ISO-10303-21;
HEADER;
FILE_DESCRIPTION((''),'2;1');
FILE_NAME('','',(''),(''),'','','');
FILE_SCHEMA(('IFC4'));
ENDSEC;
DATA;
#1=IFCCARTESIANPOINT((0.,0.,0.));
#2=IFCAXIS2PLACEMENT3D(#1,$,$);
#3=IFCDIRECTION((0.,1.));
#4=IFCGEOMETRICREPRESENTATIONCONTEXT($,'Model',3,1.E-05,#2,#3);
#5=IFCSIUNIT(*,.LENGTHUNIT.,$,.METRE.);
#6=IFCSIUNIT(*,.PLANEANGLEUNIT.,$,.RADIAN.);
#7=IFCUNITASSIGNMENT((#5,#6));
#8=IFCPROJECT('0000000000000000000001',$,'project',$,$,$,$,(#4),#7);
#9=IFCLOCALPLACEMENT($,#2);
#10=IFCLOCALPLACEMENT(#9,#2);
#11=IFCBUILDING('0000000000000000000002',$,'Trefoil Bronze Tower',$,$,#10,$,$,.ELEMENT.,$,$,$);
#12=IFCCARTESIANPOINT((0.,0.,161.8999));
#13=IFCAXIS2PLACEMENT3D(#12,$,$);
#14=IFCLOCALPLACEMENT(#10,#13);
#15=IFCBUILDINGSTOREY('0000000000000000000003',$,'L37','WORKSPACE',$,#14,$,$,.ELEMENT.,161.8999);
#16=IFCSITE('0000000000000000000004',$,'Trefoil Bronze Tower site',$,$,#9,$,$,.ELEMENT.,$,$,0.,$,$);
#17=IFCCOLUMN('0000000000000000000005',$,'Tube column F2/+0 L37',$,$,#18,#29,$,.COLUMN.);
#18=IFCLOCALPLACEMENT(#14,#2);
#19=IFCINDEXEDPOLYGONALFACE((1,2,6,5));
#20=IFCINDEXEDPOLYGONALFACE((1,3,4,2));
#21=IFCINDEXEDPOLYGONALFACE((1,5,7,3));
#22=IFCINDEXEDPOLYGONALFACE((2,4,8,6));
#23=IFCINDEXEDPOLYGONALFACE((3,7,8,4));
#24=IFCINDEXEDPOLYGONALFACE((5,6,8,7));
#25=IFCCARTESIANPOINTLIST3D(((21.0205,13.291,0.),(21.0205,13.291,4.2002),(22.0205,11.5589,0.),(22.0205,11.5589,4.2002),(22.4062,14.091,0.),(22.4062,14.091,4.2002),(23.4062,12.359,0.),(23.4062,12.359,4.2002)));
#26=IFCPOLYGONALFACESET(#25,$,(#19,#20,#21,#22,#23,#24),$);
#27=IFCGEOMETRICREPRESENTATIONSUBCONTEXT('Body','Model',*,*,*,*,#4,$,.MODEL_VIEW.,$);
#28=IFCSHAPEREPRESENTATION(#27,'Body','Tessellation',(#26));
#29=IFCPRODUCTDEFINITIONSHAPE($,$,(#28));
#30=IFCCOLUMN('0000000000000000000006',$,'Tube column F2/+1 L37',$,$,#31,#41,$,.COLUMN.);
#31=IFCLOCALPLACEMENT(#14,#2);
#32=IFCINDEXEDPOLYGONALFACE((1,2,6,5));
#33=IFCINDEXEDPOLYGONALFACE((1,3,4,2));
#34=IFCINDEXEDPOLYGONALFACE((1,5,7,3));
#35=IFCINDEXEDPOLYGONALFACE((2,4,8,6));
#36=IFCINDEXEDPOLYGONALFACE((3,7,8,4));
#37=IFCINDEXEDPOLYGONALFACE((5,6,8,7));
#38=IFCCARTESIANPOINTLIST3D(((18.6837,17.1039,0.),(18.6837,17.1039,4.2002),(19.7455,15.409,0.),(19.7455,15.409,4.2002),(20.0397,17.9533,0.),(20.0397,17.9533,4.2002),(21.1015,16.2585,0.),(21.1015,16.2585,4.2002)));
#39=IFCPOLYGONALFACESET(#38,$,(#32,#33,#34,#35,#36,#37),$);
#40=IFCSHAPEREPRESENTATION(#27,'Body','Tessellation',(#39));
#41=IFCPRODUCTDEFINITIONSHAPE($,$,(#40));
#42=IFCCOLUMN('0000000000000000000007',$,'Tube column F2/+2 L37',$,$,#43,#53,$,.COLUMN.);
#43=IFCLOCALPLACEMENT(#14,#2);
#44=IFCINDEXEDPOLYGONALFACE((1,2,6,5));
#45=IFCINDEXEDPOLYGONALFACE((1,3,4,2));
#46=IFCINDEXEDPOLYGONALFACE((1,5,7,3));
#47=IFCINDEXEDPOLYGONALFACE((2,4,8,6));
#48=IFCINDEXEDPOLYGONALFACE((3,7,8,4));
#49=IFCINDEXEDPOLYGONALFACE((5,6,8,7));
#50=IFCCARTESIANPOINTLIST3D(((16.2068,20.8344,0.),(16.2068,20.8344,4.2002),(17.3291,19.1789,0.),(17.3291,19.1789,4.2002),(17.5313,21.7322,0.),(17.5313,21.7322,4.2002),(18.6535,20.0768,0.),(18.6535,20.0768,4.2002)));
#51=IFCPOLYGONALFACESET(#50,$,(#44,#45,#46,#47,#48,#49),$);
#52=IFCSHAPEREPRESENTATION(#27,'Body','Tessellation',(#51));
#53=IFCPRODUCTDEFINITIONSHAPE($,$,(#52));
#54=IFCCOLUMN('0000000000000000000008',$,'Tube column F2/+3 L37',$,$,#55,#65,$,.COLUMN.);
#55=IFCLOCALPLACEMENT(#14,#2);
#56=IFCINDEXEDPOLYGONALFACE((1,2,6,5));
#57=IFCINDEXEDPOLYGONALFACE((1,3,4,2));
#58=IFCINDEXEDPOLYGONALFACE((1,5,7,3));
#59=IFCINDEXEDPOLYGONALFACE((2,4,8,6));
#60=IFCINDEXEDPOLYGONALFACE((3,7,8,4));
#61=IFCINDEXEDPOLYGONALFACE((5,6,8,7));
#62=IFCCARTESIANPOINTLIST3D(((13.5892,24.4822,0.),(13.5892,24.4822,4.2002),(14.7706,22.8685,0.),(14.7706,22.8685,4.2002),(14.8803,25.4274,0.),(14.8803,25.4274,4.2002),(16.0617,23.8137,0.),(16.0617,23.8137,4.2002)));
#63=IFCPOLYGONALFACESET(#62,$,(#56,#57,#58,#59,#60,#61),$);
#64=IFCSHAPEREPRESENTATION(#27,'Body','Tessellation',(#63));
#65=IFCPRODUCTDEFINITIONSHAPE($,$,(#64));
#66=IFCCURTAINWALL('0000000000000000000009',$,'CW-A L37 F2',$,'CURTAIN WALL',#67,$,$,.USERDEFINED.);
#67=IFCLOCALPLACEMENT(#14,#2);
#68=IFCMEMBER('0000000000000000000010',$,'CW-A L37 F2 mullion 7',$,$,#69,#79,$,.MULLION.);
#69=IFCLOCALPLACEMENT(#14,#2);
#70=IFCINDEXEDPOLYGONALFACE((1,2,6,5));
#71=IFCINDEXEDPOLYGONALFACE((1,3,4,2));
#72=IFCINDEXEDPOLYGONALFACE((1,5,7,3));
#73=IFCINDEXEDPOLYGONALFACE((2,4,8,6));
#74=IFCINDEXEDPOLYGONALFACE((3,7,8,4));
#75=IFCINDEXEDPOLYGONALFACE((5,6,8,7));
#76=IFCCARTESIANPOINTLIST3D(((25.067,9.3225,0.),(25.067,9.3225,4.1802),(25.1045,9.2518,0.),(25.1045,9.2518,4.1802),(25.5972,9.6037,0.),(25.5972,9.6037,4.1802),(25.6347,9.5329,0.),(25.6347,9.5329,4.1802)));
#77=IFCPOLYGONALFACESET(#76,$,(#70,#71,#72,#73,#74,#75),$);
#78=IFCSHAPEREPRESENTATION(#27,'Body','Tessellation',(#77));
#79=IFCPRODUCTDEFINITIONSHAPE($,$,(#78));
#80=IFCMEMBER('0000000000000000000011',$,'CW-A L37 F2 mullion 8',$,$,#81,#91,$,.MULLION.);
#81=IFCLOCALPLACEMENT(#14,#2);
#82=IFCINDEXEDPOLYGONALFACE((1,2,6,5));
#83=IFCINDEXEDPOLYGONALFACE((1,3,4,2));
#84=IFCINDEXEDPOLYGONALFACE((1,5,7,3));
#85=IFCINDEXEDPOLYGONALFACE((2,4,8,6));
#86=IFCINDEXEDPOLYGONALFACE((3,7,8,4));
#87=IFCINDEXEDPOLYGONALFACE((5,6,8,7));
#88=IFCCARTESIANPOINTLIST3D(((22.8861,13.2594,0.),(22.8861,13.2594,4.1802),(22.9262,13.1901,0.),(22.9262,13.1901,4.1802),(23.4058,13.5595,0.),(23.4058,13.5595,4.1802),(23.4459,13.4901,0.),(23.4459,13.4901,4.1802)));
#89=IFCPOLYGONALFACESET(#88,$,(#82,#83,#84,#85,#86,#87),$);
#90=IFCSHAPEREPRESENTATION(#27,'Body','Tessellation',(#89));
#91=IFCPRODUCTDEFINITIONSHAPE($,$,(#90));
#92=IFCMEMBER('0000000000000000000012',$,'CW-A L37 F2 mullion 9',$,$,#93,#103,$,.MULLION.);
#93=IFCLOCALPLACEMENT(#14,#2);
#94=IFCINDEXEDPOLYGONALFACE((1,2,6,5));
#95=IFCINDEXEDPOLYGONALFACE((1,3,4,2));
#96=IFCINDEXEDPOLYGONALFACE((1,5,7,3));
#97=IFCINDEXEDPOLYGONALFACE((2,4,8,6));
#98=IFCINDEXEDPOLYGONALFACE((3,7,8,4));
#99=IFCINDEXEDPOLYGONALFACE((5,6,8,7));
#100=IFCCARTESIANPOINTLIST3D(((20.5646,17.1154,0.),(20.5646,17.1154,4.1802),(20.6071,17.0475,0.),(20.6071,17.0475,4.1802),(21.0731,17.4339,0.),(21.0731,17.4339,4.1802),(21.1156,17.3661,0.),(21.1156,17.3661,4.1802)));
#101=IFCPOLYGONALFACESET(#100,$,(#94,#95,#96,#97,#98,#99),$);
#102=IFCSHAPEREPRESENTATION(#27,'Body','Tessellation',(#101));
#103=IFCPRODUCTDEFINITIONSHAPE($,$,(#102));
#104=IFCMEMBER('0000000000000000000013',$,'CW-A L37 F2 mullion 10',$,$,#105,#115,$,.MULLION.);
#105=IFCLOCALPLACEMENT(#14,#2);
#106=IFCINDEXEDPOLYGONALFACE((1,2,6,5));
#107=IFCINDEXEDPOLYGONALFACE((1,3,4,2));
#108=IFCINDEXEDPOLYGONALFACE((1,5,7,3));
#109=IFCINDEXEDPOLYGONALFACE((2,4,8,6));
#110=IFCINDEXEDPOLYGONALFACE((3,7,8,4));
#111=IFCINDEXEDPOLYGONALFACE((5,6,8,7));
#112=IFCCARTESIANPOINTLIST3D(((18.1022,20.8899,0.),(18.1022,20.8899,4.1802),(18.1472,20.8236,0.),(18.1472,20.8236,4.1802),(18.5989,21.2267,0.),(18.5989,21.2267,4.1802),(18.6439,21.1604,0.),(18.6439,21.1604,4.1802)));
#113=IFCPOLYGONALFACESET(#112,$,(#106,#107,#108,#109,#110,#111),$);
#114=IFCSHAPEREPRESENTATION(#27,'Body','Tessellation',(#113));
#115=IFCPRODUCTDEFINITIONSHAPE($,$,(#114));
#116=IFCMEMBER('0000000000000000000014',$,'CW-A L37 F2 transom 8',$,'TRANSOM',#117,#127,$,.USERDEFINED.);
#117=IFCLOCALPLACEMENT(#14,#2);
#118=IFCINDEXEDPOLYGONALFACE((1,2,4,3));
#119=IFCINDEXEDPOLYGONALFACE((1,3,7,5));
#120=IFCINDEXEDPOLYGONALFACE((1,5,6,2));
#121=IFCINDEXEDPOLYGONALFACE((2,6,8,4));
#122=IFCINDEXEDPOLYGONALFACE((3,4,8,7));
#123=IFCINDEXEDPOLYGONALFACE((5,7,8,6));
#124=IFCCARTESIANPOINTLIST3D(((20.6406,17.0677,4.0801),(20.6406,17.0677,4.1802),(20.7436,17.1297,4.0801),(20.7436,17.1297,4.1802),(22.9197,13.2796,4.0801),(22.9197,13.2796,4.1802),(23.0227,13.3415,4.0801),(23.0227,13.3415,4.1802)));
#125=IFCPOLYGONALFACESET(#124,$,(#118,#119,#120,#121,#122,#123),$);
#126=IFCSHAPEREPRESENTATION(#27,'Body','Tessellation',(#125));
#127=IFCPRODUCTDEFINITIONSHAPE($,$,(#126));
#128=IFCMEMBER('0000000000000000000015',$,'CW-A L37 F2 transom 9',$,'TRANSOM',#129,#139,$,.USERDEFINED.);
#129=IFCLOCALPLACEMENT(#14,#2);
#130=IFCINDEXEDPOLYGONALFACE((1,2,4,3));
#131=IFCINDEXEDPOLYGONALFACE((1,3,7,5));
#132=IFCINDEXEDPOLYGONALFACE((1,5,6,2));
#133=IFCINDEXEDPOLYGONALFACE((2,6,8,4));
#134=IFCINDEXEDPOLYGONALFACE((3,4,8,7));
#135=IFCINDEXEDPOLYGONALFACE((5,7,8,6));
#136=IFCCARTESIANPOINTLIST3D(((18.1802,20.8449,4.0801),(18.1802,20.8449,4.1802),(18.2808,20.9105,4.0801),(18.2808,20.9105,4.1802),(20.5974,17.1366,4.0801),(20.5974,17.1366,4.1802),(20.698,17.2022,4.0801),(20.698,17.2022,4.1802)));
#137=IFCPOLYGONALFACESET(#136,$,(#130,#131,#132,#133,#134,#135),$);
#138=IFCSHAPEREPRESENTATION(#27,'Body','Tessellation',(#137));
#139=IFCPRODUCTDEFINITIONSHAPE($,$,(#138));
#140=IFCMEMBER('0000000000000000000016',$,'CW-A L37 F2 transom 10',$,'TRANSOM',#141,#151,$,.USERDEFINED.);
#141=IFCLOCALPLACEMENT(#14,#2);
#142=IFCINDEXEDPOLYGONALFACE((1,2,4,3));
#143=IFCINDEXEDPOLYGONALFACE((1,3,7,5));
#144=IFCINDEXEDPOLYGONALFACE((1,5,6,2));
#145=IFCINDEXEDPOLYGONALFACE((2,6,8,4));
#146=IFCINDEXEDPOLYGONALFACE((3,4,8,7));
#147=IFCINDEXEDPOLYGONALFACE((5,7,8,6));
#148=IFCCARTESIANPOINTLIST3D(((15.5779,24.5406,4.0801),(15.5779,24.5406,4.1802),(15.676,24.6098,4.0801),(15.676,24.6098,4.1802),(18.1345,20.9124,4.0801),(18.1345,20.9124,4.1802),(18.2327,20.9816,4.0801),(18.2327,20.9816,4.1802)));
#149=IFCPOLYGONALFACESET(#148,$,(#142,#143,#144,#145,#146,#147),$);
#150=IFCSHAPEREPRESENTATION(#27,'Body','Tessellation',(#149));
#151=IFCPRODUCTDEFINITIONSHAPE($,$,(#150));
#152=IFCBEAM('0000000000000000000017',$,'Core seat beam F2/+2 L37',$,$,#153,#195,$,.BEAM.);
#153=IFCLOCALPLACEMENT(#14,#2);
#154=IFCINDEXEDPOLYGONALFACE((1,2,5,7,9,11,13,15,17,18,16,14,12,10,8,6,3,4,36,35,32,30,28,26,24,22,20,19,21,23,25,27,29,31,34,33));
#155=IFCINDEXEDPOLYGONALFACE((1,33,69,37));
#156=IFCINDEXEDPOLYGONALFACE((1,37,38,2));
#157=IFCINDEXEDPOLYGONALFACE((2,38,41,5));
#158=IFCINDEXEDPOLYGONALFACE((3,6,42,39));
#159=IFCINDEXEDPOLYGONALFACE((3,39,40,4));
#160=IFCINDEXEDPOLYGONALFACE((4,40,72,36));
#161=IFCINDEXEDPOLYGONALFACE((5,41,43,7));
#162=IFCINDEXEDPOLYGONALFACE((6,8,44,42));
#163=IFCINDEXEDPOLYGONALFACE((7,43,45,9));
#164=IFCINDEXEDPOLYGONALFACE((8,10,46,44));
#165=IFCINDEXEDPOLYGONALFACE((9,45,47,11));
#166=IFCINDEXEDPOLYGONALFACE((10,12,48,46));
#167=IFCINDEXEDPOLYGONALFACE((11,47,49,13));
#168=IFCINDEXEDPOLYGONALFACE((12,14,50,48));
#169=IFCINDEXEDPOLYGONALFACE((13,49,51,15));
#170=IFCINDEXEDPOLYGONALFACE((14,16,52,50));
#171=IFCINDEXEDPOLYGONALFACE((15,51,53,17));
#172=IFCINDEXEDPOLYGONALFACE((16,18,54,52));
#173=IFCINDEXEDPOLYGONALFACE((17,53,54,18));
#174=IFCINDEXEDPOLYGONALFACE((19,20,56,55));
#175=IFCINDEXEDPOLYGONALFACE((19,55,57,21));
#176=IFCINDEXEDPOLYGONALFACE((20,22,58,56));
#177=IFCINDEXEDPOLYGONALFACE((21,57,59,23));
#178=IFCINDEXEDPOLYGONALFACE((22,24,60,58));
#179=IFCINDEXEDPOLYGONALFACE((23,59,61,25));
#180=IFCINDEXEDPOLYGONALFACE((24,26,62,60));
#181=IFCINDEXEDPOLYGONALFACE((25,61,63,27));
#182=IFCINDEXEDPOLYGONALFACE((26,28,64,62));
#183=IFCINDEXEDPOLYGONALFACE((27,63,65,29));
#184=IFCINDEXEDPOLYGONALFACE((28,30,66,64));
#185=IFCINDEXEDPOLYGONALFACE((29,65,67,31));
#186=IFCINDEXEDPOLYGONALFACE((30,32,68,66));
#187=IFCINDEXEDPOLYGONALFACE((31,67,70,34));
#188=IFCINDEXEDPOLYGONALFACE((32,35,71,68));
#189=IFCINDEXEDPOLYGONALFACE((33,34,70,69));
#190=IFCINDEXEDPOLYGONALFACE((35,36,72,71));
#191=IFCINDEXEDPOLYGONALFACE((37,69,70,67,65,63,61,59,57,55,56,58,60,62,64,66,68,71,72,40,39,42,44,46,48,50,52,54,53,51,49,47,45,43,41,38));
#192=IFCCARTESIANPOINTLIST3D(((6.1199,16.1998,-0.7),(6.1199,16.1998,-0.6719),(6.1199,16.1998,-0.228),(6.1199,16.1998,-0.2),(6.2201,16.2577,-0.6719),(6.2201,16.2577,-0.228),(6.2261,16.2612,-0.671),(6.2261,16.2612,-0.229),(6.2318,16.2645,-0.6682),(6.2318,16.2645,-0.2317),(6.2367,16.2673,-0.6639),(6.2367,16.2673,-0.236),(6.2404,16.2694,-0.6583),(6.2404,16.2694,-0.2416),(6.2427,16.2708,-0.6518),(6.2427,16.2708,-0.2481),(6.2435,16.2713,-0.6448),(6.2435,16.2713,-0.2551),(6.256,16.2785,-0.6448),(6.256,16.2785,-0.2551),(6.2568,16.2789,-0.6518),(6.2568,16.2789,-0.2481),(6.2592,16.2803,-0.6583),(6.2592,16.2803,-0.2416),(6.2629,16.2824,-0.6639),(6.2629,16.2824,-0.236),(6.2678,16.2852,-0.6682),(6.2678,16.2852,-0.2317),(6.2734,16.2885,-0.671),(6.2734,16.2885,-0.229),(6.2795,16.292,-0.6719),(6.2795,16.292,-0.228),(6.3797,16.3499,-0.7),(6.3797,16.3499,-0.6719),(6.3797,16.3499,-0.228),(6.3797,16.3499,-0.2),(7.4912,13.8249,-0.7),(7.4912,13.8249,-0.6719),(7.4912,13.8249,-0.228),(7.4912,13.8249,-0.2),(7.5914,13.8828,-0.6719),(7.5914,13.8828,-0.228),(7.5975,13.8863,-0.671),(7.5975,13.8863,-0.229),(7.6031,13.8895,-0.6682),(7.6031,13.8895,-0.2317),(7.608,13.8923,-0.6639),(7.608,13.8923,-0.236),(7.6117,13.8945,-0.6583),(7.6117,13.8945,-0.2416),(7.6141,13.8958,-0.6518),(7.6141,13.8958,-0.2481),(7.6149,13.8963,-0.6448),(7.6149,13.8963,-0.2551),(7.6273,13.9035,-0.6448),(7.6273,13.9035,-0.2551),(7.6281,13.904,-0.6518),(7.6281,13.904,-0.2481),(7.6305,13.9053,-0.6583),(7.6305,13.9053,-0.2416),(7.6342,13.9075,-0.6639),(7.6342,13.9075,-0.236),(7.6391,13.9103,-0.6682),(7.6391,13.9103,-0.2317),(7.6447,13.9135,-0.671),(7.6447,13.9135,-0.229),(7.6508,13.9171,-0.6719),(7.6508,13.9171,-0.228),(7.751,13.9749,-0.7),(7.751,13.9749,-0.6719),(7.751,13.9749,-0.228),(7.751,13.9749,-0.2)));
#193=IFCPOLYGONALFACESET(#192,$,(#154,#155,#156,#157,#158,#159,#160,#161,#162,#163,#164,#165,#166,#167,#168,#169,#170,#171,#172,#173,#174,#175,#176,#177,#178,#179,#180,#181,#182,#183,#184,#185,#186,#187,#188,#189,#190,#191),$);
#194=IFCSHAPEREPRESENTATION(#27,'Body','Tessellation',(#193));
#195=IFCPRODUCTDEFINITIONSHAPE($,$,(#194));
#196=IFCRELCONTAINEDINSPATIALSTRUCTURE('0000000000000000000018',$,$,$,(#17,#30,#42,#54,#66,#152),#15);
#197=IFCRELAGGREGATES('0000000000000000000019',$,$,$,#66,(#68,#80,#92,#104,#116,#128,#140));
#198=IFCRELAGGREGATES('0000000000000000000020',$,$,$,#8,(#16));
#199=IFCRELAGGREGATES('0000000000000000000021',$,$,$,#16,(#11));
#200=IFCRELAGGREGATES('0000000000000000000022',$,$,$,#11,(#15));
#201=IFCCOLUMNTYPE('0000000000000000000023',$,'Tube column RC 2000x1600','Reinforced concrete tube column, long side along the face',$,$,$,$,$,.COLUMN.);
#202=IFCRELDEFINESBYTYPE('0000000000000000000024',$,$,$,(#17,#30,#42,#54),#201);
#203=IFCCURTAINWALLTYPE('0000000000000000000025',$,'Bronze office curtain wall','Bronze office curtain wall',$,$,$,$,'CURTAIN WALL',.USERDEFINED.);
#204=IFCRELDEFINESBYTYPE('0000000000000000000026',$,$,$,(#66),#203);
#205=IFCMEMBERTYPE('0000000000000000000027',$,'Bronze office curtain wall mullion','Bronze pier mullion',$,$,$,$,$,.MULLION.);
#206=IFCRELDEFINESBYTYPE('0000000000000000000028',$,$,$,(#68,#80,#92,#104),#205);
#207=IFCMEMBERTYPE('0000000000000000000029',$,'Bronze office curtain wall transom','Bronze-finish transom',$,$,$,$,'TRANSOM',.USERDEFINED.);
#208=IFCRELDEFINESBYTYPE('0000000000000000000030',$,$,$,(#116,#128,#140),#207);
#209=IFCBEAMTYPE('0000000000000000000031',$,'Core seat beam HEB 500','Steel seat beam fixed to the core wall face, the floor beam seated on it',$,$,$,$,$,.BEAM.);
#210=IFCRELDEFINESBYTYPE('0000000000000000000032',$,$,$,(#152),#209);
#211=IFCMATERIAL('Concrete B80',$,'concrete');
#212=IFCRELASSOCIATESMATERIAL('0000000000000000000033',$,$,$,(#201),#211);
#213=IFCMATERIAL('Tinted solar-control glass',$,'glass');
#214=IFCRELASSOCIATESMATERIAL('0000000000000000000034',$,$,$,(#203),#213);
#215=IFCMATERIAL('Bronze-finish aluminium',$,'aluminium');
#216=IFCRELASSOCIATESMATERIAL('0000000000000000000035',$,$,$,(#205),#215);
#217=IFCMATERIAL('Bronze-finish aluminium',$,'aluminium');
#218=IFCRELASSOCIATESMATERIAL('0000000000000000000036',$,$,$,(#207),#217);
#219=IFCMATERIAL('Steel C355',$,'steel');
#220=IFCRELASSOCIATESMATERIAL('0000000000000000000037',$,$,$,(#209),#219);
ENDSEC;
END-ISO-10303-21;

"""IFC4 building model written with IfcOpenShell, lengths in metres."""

from ifc_helpers import new_model, si_unit, direction, frame, origin, origin_2d, place, context, subcontext, project, spatial, rectangle, i_section, extrude, material, material_profile, profile_set, type_object, element, aggregate, save


model = new_model("IFC4")

# Units and contexts
model_context = context("Model", 3, precision=1e-05, world=origin(), true_north=direction((0.0, 1.0)))
body_context = subcontext(model_context, "Body", "Model", "MODEL_VIEW")
ifc_project = project(units=[si_unit("LENGTHUNIT", "METRE"), si_unit("PLANEANGLEUNIT", "RADIAN")], contexts=[model_context])

# Site, building, storey
site_placement = place(None, origin())
site = spatial("IfcSite", under=ifc_project, at=site_placement, Name="Trefoil Bronze Tower site", CompositionType="ELEMENT", RefElevation=0.0)
building_placement = place(site_placement, origin())
building = spatial("IfcBuilding", under=site, at=building_placement, Name="Trefoil Bronze Tower", CompositionType="ELEMENT")
storey_placement = place(building_placement, frame((0.0, 0.0, 161.8999)))
storey = spatial("IfcBuildingStorey", under=building, at=storey_placement, Name="L37", Description="WORKSPACE", CompositionType="ELEMENT", Elevation=161.8999)

# Columns
ifc_material_1 = material(Name="Concrete B80", Category="concrete")
ifc_material_profile_1 = material_profile(ifc_material_1, rectangle(XDim=2.0, YDim=1.6001, at=origin_2d()), Name="RC 2000x1600")
ifc_profile_set_1 = profile_set([ifc_material_profile_1], Name="Concrete B80")
column_type = type_object("IfcColumnType", Name="Tube column RC 2000x1600", Description="Reinforced concrete tube column, long side along the face", PredefinedType="COLUMN", material=ifc_profile_set_1)
for number, where, z_axis, x_axis, name in (
    (1, (22.2134, 12.825, 0.0), (0.0, 0.0, 1.0), (-0.5, 0.866025, 0.0), "Tube column F2/+0 L37"),
    (2, (19.8926, 16.6812, 0.0), (0.0, 0.0, 1.0), (-0.530893, 0.847439, 0.0), "Tube column F2/+1 L37"),
    (3, (17.4302, 20.4556, 0.0), (0.0, 0.0, 1.0), (-0.561136, 0.827724, 0.0), "Tube column F2/+2 L37"),
    (4, (14.8254, 24.1479, 0.0), (0.0, 0.0, 1.0), (-0.590723, 0.806875, 0.0), "Tube column F2/+3 L37"),
):
    element("IfcColumn", number, at=place(storey_placement, frame(where, z_axis=z_axis, x_axis=x_axis)), inside=storey, type_object=column_type, Name=name, PredefinedType="COLUMN", context=body_context, shape_type="SweptSolid", body=[
        extrude(rectangle(XDim=2.0, YDim=1.6001, at=origin_2d()), origin(), (0.0, 0.0, 1.0), 4.2002),
    ])

# Curtain wall, members
ifc_material_2 = material(Name="Tinted solar-control glass", Category="glass")
curtain_wall_type = type_object("IfcCurtainWallType", Name="Bronze office curtain wall", Description="Bronze office curtain wall", ElementType="CURTAIN WALL", PredefinedType="USERDEFINED", material=ifc_material_2)
curtain_wall_placement = place(storey_placement, origin())
curtain_wall = element("IfcCurtainWall", 5, at=curtain_wall_placement, inside=storey, type_object=curtain_wall_type, Name="CW-A L37 F2", ObjectType="CURTAIN WALL", PredefinedType="USERDEFINED")
ifc_material_3 = material(Name="Bronze-finish aluminium", Category="aluminium")
ifc_material_profile_2 = material_profile(ifc_material_3, rectangle(XDim=0.6001, YDim=0.0801, at=origin_2d()), Name="CW-A mullion")
ifc_profile_set_2 = profile_set([ifc_material_profile_2], Name="Bronze-finish aluminium")
member_type_1 = type_object("IfcMemberType", Name="Bronze office curtain wall mullion", Description="Bronze pier mullion", PredefinedType="MULLION", material=ifc_profile_set_2)
member_1_placement = place(storey_placement, frame((25.3508, 9.4277, 0.0), z_axis=(0.0, 0.0, 1.0), x_axis=(-0.883486, -0.468457, 0.0)))
member_1 = element("IfcMember", 6, at=member_1_placement, type_object=member_type_1, Name="CW-A L37 F2 mullion 7", PredefinedType="MULLION", context=body_context, shape_type="SweptSolid", body=[
    extrude(rectangle(XDim=0.6001, YDim=0.0801, at=origin_2d()), origin(), (0.0, 0.0, 1.0), 4.1802),
])
member_2_placement = place(storey_placement, frame((23.166, 13.3748, 0.0), z_axis=(0.0, 0.0, 1.0), x_axis=(-0.866025, -0.5, 0.0)))
member_2 = element("IfcMember", 7, at=member_2_placement, type_object=member_type_1, Name="CW-A L37 F2 mullion 8", PredefinedType="MULLION", context=body_context, shape_type="SweptSolid", body=[
    extrude(rectangle(XDim=0.6001, YDim=0.0801, at=origin_2d()), origin(), (0.0, 0.0, 1.0), 4.1802),
])
member_3_placement = place(storey_placement, frame((20.8401, 17.2407, 0.0), z_axis=(0.0, 0.0, 1.0), x_axis=(-0.847439, -0.530893, 0.0)))
member_3 = element("IfcMember", 8, at=member_3_placement, type_object=member_type_1, Name="CW-A L37 F2 mullion 9", PredefinedType="MULLION", context=body_context, shape_type="SweptSolid", body=[
    extrude(rectangle(XDim=0.6001, YDim=0.0801, at=origin_2d()), origin(), (0.0, 0.0, 1.0), 4.1802),
])
member_4_placement = place(storey_placement, frame((18.373, 21.0251, 0.0), z_axis=(0.0, 0.0, 1.0), x_axis=(-0.827724, -0.561136, 0.0)))
member_4 = element("IfcMember", 9, at=member_4_placement, type_object=member_type_1, Name="CW-A L37 F2 mullion 10", PredefinedType="MULLION", context=body_context, shape_type="SweptSolid", body=[
    extrude(rectangle(XDim=0.6001, YDim=0.0801, at=origin_2d()), origin(), (0.0, 0.0, 1.0), 4.1802),
])
ifc_material_4 = material(Name="Bronze-finish aluminium", Category="aluminium")
ifc_material_profile_3 = material_profile(ifc_material_4, rectangle(XDim=0.1201, YDim=0.1001, at=origin_2d()), Name="CW-A transom")
ifc_profile_set_3 = profile_set([ifc_material_profile_3], Name="Bronze-finish aluminium")
member_type_2 = type_object("IfcMemberType", Name="Bronze office curtain wall transom", Description="Bronze-finish transom", ElementType="TRANSOM", PredefinedType="USERDEFINED", material=ifc_profile_set_3)
member_5_placement = place(storey_placement, frame((22.9712, 13.3105, 4.1301), z_axis=(-0.515527, 0.856873, 0.0), x_axis=(-0.856873, -0.515527, 0.0)))
member_5 = element("IfcMember", 10, at=member_5_placement, type_object=member_type_2, Name="CW-A L37 F2 transom 8", ObjectType="TRANSOM", PredefinedType="USERDEFINED", context=body_context, shape_type="SweptSolid", body=[
    extrude(rectangle(XDim=0.1201, YDim=0.1001, at=origin_2d()), origin(), (0.0, 0.0, 1.0), 4.4209),
])
member_6_placement = place(storey_placement, frame((20.6477, 17.1694, 4.1301), z_axis=(-0.546079, 0.837733, 0.0), x_axis=(-0.837733, -0.546079, 0.0)))
member_6 = element("IfcMember", 11, at=member_6_placement, type_object=member_type_2, Name="CW-A L37 F2 transom 9", ObjectType="TRANSOM", PredefinedType="USERDEFINED", context=body_context, shape_type="SweptSolid", body=[
    extrude(rectangle(XDim=0.1201, YDim=0.1001, at=origin_2d()), origin(), (0.0, 0.0, 1.0), 4.4265),
])
member_7_placement = place(storey_placement, frame((18.1836, 20.947, 4.1301), z_axis=(-0.576018, 0.817437, 0.0), x_axis=(-0.817437, -0.576018, 0.0)))
member_7 = element("IfcMember", 12, at=member_7_placement, type_object=member_type_2, Name="CW-A L37 F2 transom 10", ObjectType="TRANSOM", PredefinedType="USERDEFINED", context=body_context, shape_type="SweptSolid", body=[
    extrude(rectangle(XDim=0.1201, YDim=0.1001, at=origin_2d()), origin(), (0.0, 0.0, 1.0), 4.4385),
])

# Beam
ifc_material_5 = material(Name="Steel C355", Category="steel")
ifc_material_profile_4 = material_profile(ifc_material_5, i_section(OverallWidth=0.3, OverallDepth=0.5, WebThickness=0.0144, FlangeThickness=0.0281, FilletRadius=0.0271, at=origin_2d()), Name="HEB 500")
ifc_profile_set_4 = profile_set([ifc_material_profile_4], Name="Steel C355")
beam_type_1 = type_object("IfcBeamType", Name="Core seat beam HEB 500", Description="Steel seat beam fixed to the core wall face, the floor beam seated on it", PredefinedType="BEAM", material=ifc_profile_set_4)
beam_1_placement = place(storey_placement, frame((7.6211, 13.8999, -0.45), z_axis=(-0.500036, 0.866005, 0.0), x_axis=(-0.866005, -0.500036, 0.0)))
element("IfcBeam", 13, at=beam_1_placement, inside=storey, type_object=beam_type_1, Name="Core seat beam F2/+2 L37", PredefinedType="BEAM", context=body_context, shape_type="SweptSolid", body=[
    extrude(i_section(OverallWidth=0.3, OverallDepth=0.5, WebThickness=0.0144, FlangeThickness=0.0281, FilletRadius=0.0271, at=origin_2d()), origin(), (0.0, 0.0, 1.0), 2.7424),
])

aggregate(curtain_wall, [member_1, member_2, member_3, member_4, member_5, member_6, member_7])

save(model, "model.ifc")
